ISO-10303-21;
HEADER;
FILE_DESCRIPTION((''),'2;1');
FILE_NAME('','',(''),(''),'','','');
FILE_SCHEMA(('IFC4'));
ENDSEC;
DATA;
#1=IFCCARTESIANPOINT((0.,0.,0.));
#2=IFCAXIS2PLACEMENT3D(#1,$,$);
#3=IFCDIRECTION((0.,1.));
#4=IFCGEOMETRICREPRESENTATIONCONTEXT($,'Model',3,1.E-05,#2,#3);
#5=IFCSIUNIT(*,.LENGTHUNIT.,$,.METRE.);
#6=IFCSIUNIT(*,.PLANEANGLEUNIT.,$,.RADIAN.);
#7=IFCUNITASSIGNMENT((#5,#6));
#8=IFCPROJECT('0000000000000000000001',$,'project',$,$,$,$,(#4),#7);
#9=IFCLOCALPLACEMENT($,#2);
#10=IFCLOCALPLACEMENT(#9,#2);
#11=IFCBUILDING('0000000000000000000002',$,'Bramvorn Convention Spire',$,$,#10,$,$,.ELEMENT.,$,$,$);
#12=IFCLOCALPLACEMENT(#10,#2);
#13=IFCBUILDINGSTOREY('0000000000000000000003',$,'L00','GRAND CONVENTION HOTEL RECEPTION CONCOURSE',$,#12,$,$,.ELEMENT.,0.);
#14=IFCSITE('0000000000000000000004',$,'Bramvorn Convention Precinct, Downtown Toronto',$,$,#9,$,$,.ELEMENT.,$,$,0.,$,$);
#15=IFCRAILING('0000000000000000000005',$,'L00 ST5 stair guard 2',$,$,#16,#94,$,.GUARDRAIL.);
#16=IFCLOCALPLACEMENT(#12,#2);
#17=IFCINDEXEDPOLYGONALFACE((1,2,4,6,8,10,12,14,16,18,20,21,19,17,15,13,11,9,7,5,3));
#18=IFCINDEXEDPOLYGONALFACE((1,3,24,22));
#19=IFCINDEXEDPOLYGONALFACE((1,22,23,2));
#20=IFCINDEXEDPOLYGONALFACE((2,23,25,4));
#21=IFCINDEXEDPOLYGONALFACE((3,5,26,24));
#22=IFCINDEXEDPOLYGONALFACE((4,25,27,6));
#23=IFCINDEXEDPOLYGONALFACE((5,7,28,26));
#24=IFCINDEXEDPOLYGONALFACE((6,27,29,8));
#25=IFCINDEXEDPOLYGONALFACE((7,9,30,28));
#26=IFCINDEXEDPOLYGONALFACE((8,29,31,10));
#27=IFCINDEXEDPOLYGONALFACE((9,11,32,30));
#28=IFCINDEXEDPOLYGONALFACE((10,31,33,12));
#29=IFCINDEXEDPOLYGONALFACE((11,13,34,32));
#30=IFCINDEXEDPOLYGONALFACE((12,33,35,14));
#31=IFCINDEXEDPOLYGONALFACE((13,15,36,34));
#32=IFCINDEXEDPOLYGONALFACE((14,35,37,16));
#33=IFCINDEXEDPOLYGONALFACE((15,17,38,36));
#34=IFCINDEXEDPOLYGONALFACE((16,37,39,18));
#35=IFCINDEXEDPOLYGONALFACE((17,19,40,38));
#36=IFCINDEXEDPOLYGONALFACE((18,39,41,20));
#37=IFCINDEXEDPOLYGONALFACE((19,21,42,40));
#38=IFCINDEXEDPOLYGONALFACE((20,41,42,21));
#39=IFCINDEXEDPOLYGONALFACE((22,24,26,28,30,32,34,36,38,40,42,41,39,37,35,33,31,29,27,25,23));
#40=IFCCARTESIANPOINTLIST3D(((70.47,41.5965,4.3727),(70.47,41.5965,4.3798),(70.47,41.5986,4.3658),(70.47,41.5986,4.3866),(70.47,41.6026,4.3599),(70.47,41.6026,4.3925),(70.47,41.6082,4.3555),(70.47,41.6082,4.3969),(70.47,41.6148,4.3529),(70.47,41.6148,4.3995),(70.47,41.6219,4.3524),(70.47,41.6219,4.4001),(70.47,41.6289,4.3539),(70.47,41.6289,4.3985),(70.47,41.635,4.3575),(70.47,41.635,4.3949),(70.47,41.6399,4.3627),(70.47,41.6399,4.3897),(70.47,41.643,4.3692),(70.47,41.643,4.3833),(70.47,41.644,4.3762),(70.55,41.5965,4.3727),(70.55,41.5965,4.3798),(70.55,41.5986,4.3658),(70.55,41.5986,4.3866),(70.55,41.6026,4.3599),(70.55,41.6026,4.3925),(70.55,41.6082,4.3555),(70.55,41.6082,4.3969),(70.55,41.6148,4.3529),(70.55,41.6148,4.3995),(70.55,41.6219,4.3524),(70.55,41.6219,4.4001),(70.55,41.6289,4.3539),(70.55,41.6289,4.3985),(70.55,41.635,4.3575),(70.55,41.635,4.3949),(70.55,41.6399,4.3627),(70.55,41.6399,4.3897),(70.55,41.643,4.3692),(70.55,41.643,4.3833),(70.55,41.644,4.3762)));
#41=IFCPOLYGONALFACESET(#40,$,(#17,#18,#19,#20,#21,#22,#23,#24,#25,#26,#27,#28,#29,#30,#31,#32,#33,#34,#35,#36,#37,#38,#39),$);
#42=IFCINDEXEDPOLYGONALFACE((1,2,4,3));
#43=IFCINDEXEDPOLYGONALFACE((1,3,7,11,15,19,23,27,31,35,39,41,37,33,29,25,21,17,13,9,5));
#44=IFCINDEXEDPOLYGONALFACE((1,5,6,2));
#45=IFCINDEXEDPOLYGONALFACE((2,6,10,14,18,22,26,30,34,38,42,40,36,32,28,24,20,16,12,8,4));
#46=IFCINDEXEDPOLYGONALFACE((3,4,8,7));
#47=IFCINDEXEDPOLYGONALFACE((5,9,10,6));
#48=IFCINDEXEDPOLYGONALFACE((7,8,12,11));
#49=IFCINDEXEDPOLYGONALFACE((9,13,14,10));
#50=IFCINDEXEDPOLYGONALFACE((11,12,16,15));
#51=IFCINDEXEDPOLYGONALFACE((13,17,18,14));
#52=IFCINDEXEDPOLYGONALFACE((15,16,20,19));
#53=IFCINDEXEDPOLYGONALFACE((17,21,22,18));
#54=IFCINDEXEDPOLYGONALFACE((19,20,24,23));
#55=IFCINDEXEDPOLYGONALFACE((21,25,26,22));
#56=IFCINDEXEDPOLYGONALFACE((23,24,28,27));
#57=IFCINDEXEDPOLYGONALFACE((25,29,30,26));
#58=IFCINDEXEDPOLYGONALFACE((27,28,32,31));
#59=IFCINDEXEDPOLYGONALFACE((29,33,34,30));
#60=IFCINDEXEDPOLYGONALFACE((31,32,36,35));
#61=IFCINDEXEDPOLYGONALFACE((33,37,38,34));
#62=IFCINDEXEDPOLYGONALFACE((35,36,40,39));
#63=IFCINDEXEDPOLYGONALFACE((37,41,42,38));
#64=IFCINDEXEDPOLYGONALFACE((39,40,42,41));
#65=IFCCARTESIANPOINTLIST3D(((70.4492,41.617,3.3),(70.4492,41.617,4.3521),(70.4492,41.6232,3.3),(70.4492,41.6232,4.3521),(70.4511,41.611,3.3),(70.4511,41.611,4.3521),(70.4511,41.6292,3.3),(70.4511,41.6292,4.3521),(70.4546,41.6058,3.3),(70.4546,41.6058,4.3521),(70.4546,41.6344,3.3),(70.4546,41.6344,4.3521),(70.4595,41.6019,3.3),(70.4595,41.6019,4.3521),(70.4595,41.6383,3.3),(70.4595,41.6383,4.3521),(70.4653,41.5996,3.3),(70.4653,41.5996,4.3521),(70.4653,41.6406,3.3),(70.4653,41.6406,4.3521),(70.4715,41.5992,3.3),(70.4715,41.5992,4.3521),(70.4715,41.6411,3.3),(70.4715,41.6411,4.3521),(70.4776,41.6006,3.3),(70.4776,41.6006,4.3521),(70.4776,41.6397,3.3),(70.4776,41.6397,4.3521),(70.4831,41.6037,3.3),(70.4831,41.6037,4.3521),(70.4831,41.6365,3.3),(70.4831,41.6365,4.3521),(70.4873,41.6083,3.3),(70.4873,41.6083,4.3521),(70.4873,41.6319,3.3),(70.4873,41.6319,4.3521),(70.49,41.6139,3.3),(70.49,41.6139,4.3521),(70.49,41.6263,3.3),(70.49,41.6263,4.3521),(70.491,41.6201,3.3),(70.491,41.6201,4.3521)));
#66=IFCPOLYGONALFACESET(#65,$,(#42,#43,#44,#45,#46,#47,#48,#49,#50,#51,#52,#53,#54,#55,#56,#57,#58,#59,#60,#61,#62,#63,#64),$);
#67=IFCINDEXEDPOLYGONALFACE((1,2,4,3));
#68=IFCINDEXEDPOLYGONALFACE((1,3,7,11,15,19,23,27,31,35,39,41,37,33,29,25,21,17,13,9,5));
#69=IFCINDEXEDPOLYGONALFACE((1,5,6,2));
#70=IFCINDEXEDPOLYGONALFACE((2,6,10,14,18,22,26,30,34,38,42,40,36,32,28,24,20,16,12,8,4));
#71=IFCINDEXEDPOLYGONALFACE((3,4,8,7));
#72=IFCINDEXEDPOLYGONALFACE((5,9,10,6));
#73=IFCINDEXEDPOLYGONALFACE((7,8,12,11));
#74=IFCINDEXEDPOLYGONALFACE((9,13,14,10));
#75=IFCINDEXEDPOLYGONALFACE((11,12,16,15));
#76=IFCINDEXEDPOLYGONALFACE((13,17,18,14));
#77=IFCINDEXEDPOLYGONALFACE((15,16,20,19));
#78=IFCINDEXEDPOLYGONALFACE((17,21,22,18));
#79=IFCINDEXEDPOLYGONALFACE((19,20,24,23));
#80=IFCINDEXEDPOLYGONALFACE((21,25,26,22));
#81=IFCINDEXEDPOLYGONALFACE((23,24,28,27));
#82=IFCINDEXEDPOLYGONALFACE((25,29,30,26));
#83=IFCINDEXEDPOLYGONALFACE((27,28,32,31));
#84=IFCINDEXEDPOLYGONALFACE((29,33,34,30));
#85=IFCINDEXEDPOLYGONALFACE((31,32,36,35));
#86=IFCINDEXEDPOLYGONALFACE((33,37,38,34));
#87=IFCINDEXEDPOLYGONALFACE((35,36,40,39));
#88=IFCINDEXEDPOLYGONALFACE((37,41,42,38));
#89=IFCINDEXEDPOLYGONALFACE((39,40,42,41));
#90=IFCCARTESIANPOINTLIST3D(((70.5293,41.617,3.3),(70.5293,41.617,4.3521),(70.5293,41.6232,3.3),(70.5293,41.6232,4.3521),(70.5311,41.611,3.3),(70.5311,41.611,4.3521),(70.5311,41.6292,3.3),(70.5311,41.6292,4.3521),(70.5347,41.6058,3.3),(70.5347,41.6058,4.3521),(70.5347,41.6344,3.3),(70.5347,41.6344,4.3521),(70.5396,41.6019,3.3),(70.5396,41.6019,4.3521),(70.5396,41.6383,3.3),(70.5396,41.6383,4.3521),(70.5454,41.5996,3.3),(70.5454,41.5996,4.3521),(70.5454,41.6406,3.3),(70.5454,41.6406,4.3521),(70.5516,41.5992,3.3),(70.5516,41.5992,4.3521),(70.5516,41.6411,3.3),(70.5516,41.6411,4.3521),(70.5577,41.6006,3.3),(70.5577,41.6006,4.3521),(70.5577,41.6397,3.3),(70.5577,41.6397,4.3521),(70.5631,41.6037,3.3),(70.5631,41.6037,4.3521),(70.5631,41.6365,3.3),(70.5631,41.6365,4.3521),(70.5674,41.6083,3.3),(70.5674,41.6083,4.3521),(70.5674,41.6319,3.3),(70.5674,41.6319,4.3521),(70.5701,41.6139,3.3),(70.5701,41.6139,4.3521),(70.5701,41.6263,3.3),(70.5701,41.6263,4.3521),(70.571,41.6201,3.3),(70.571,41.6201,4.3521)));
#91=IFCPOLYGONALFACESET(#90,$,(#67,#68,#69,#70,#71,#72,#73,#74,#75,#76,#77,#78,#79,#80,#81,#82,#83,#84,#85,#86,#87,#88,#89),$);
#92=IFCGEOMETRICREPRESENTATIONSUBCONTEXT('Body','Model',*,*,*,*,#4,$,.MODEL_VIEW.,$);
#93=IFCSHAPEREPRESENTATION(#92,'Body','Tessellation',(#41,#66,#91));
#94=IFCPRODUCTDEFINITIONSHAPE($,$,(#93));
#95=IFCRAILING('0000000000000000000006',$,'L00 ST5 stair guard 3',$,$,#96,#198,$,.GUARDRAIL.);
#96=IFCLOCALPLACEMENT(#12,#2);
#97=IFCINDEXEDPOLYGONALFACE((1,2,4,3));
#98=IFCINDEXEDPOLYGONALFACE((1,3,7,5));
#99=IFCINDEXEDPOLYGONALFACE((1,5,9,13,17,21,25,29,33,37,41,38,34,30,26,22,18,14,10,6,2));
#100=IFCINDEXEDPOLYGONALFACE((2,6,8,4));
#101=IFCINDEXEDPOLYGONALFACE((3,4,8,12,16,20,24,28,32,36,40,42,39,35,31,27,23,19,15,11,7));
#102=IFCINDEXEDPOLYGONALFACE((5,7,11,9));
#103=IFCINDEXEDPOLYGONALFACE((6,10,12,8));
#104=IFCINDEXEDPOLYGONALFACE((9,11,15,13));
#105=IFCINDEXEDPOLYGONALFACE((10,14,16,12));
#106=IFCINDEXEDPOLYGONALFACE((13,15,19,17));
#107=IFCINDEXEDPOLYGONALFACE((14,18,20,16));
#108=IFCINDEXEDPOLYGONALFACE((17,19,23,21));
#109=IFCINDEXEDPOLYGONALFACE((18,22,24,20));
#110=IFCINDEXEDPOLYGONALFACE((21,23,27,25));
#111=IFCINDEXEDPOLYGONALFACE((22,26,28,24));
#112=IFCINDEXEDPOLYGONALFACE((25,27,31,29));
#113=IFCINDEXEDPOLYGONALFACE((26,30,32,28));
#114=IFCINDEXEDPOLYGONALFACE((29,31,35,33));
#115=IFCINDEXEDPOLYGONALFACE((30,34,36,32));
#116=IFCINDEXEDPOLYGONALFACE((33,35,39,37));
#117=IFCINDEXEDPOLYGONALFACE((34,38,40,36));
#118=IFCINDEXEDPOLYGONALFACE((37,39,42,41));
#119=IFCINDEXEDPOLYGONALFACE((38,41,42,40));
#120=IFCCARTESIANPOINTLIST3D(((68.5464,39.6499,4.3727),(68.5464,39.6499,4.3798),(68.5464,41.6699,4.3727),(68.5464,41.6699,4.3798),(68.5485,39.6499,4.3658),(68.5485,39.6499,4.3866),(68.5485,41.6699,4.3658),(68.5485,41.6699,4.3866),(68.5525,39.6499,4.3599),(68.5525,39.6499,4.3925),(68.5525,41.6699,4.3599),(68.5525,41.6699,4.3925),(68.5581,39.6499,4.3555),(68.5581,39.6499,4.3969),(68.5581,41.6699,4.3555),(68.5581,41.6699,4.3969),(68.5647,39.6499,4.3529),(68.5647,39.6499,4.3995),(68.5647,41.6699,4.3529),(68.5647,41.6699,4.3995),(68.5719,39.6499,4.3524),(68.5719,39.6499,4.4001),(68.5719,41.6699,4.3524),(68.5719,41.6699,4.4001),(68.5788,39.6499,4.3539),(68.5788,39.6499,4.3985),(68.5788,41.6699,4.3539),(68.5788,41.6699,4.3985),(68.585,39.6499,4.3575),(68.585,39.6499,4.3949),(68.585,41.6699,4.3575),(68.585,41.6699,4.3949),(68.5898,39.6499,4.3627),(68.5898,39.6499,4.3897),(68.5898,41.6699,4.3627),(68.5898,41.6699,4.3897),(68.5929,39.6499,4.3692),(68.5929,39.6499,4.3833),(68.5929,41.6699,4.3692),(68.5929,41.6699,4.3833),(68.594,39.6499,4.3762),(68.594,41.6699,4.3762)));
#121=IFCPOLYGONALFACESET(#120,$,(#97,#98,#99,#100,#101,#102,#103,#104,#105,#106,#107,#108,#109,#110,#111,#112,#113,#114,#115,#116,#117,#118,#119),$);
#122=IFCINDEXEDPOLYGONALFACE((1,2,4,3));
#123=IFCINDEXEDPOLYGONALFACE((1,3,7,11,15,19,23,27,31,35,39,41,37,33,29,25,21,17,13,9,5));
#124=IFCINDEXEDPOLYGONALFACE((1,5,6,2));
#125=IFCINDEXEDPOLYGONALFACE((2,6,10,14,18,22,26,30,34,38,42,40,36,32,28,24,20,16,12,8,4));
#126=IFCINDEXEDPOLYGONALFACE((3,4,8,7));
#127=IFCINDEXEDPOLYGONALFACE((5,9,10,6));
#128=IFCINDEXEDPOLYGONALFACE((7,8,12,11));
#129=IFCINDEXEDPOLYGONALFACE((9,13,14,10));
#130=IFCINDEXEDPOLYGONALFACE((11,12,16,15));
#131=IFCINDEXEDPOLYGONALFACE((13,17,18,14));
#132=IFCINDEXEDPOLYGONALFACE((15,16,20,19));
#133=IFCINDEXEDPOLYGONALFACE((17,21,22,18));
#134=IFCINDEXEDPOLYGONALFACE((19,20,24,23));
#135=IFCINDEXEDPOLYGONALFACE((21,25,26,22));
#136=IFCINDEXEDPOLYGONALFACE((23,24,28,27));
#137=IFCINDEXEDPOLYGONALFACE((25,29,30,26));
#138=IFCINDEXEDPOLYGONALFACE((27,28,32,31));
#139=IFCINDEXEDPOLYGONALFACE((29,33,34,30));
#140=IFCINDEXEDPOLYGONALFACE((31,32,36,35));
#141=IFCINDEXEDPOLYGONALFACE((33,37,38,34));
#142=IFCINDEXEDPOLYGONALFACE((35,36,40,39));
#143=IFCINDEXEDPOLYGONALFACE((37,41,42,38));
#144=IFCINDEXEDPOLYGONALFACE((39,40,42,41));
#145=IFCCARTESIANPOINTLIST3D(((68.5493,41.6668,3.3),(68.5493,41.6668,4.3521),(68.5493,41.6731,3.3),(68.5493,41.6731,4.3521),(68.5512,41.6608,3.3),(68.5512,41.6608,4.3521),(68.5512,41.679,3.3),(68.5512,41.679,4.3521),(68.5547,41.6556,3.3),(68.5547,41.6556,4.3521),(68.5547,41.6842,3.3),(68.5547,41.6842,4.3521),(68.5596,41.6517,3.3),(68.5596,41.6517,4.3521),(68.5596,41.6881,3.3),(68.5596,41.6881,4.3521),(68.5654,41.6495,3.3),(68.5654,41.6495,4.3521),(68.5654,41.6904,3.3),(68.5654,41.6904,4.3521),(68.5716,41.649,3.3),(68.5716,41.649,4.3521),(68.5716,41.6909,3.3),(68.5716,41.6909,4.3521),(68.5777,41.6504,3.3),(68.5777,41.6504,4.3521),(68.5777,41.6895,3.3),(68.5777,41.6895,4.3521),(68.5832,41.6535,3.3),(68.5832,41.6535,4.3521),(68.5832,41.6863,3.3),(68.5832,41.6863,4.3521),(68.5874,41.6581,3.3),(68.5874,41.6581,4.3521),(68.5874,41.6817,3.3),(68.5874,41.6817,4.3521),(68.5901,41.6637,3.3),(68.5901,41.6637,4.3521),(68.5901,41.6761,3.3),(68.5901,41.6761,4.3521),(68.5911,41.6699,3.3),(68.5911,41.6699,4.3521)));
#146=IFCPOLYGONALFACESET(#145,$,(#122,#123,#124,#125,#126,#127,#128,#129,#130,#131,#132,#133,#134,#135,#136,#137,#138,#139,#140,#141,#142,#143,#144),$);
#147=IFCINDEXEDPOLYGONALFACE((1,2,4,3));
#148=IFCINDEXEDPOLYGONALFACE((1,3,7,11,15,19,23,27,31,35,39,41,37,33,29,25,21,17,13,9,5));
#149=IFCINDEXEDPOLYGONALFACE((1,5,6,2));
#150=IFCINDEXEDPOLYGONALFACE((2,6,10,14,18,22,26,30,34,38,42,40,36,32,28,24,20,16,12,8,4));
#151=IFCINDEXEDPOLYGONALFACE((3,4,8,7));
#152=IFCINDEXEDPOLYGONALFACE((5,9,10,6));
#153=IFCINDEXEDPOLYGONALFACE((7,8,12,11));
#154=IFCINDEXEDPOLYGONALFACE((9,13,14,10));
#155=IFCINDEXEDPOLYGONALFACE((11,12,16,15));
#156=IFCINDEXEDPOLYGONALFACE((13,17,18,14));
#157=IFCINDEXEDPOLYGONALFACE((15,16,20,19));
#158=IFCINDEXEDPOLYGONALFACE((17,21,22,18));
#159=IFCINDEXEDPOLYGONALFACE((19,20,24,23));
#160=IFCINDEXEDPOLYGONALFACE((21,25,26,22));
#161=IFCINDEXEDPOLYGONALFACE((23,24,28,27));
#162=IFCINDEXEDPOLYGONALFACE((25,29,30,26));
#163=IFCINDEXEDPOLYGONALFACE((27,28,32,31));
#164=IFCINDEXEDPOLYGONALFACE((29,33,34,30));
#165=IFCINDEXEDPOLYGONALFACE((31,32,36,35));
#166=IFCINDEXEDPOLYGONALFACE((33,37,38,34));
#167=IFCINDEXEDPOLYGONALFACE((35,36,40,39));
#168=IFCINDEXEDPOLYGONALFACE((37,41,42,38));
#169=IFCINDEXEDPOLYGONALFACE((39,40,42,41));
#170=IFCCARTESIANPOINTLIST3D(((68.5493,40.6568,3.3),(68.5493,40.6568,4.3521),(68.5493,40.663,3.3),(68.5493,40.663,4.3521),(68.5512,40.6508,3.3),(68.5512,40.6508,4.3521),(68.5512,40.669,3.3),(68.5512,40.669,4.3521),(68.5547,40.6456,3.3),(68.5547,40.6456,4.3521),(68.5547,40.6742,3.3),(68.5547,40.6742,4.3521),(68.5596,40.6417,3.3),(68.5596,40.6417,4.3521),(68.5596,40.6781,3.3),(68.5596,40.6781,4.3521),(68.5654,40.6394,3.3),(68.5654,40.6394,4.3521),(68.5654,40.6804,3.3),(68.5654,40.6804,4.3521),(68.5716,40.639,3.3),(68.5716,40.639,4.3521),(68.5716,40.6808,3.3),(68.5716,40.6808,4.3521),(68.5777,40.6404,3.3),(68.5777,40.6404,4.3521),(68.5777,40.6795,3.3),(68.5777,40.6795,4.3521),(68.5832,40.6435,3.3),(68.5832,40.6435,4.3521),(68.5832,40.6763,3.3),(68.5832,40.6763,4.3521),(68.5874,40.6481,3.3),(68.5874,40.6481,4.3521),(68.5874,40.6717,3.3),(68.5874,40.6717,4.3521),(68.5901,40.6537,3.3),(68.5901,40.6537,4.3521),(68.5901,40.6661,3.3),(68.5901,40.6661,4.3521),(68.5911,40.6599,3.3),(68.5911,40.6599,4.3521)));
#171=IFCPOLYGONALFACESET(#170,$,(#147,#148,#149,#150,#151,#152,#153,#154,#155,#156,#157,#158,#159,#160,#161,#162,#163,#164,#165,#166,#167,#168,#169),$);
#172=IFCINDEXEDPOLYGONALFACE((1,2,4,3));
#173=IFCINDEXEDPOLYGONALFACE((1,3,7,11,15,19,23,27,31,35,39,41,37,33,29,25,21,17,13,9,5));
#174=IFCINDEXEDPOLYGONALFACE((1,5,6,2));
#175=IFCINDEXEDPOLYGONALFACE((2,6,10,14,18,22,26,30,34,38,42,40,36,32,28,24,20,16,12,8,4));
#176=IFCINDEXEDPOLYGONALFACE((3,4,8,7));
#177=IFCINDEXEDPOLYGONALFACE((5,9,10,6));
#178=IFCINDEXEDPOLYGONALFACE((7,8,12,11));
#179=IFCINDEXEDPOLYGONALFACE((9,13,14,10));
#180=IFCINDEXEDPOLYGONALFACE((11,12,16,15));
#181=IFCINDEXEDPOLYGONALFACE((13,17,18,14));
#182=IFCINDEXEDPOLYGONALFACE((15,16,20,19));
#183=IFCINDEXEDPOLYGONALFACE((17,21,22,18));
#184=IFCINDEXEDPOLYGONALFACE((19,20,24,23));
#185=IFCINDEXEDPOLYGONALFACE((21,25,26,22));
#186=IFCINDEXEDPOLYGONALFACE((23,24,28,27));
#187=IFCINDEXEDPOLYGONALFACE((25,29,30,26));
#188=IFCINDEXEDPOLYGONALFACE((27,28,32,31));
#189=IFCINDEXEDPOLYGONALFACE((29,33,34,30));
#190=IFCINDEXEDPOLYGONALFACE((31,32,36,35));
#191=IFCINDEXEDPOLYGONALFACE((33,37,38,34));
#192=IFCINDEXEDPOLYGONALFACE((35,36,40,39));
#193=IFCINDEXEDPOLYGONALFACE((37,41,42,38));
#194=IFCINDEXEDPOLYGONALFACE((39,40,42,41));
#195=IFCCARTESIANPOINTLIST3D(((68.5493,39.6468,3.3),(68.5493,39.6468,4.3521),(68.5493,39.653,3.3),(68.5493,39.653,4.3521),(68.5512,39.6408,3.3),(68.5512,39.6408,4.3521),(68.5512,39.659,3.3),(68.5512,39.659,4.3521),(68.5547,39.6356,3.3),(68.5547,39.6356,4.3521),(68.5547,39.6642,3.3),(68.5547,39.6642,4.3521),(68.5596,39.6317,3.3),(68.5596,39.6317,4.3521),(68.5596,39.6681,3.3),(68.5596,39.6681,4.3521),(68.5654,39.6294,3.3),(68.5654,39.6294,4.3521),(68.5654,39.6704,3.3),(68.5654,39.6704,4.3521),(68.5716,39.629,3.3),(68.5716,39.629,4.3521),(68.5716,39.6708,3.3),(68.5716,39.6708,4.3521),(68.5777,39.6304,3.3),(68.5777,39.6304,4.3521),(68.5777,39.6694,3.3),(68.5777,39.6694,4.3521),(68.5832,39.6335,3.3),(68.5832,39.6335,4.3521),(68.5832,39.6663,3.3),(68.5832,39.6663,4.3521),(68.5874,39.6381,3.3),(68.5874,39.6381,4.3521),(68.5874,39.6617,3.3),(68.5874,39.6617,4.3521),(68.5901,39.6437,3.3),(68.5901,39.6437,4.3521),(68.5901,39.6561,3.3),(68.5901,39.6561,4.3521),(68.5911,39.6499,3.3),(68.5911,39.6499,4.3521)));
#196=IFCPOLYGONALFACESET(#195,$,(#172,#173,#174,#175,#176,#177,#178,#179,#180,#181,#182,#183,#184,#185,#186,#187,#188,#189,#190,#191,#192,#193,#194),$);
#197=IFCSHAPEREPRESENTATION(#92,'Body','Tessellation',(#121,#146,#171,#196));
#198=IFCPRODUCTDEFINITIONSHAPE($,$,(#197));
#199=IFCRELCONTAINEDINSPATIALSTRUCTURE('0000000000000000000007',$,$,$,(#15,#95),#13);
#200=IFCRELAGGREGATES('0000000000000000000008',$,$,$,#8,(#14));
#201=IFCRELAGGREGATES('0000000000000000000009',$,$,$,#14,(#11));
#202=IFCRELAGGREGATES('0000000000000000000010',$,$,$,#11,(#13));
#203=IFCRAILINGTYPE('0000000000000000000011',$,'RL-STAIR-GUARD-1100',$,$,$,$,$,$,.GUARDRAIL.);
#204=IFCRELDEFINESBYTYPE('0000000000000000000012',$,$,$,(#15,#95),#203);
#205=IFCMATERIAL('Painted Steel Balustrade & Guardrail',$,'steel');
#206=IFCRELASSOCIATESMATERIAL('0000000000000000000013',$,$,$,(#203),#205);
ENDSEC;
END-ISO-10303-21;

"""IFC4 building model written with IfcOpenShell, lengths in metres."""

from ifc_helpers import new_model, si_unit, direction, frame, origin, origin_2d, place, context, subcontext, project, spatial, circle, extrude, material, type_object, element, save


model = new_model("IFC4")

# Units and contexts
model_context = context("Model", 3, precision=1e-05, world=origin(), true_north=direction((0.0, 1.0)))
body_context = subcontext(model_context, "Body", "Model", "MODEL_VIEW")
ifc_project = project(units=[si_unit("LENGTHUNIT", "METRE"), si_unit("PLANEANGLEUNIT", "RADIAN")], contexts=[model_context])

# Site, building, storey
site_placement = place(None, origin())
site = spatial("IfcSite", under=ifc_project, at=site_placement, Name="Bramvorn Convention Precinct, Downtown Toronto", CompositionType="ELEMENT", RefElevation=0.0)
building_placement = place(site_placement, origin())
building = spatial("IfcBuilding", under=site, at=building_placement, Name="Bramvorn Convention Spire", CompositionType="ELEMENT")
storey_placement = place(building_placement, origin())
storey = spatial("IfcBuildingStorey", under=building, at=storey_placement, Name="L00", Description="GRAND CONVENTION HOTEL RECEPTION CONCOURSE", CompositionType="ELEMENT", Elevation=0.0)

# Railings
ifc_material_1 = material(Name="Painted Steel Balustrade & Guardrail", Category="steel")
railing_type_1 = type_object("IfcRailingType", Name="RL-STAIR-GUARD-1100", PredefinedType="GUARDRAIL", material=ifc_material_1)
railing_1_placement = place(storey_placement, frame((70.47, 41.6201, 3.3)))
element("IfcRailing", 1, at=railing_1_placement, inside=storey, type_object=railing_type_1, Name="L00 ST5 stair guard 2", PredefinedType="GUARDRAIL", context=body_context, shape_type="SweptSolid", body=[
    extrude(circle(Radius=0.0239, at=origin_2d()), frame((0.0, 0.0, 1.0762), z_axis=(1.0, 0.0, 0.0), x_axis=(0.0, 1.0, 0.0)), (0.0, 0.0, 1.0), 0.0801),
    extrude(circle(Radius=0.021, at=origin_2d()), origin(), (0.0, 0.0, 1.0), 1.052),
    extrude(circle(Radius=0.021, at=origin_2d()), frame((0.0801, 0.0, 0.0)), (0.0, 0.0, 1.0), 1.052),
])
for number, where, name in (
    (2, (68.5701, 41.6699, 3.3), "L00 ST5 stair guard 3"),
):
    element("IfcRailing", number, at=place(storey_placement, frame(where)), inside=storey, type_object=railing_type_1, Name=name, PredefinedType="GUARDRAIL", context=body_context, shape_type="SweptSolid", body=[
        extrude(circle(Radius=0.0239, at=origin_2d()), frame((0.0, 0.0, 1.0762), z_axis=(0.0, -1.0, 0.0), x_axis=(1.0, 0.0, 0.0)), (0.0, 0.0, 1.0), 2.02),
        extrude(circle(Radius=0.021, at=origin_2d()), origin(), (0.0, 0.0, 1.0), 1.052),
        extrude(circle(Radius=0.021, at=origin_2d()), frame((0.0, -1.01, 0.0)), (0.0, 0.0, 1.0), 1.052),
        extrude(circle(Radius=0.021, at=origin_2d()), frame((0.0, -2.02, 0.0)), (0.0, 0.0, 1.0), 1.052),
    ])

save(model, "model.ifc")
